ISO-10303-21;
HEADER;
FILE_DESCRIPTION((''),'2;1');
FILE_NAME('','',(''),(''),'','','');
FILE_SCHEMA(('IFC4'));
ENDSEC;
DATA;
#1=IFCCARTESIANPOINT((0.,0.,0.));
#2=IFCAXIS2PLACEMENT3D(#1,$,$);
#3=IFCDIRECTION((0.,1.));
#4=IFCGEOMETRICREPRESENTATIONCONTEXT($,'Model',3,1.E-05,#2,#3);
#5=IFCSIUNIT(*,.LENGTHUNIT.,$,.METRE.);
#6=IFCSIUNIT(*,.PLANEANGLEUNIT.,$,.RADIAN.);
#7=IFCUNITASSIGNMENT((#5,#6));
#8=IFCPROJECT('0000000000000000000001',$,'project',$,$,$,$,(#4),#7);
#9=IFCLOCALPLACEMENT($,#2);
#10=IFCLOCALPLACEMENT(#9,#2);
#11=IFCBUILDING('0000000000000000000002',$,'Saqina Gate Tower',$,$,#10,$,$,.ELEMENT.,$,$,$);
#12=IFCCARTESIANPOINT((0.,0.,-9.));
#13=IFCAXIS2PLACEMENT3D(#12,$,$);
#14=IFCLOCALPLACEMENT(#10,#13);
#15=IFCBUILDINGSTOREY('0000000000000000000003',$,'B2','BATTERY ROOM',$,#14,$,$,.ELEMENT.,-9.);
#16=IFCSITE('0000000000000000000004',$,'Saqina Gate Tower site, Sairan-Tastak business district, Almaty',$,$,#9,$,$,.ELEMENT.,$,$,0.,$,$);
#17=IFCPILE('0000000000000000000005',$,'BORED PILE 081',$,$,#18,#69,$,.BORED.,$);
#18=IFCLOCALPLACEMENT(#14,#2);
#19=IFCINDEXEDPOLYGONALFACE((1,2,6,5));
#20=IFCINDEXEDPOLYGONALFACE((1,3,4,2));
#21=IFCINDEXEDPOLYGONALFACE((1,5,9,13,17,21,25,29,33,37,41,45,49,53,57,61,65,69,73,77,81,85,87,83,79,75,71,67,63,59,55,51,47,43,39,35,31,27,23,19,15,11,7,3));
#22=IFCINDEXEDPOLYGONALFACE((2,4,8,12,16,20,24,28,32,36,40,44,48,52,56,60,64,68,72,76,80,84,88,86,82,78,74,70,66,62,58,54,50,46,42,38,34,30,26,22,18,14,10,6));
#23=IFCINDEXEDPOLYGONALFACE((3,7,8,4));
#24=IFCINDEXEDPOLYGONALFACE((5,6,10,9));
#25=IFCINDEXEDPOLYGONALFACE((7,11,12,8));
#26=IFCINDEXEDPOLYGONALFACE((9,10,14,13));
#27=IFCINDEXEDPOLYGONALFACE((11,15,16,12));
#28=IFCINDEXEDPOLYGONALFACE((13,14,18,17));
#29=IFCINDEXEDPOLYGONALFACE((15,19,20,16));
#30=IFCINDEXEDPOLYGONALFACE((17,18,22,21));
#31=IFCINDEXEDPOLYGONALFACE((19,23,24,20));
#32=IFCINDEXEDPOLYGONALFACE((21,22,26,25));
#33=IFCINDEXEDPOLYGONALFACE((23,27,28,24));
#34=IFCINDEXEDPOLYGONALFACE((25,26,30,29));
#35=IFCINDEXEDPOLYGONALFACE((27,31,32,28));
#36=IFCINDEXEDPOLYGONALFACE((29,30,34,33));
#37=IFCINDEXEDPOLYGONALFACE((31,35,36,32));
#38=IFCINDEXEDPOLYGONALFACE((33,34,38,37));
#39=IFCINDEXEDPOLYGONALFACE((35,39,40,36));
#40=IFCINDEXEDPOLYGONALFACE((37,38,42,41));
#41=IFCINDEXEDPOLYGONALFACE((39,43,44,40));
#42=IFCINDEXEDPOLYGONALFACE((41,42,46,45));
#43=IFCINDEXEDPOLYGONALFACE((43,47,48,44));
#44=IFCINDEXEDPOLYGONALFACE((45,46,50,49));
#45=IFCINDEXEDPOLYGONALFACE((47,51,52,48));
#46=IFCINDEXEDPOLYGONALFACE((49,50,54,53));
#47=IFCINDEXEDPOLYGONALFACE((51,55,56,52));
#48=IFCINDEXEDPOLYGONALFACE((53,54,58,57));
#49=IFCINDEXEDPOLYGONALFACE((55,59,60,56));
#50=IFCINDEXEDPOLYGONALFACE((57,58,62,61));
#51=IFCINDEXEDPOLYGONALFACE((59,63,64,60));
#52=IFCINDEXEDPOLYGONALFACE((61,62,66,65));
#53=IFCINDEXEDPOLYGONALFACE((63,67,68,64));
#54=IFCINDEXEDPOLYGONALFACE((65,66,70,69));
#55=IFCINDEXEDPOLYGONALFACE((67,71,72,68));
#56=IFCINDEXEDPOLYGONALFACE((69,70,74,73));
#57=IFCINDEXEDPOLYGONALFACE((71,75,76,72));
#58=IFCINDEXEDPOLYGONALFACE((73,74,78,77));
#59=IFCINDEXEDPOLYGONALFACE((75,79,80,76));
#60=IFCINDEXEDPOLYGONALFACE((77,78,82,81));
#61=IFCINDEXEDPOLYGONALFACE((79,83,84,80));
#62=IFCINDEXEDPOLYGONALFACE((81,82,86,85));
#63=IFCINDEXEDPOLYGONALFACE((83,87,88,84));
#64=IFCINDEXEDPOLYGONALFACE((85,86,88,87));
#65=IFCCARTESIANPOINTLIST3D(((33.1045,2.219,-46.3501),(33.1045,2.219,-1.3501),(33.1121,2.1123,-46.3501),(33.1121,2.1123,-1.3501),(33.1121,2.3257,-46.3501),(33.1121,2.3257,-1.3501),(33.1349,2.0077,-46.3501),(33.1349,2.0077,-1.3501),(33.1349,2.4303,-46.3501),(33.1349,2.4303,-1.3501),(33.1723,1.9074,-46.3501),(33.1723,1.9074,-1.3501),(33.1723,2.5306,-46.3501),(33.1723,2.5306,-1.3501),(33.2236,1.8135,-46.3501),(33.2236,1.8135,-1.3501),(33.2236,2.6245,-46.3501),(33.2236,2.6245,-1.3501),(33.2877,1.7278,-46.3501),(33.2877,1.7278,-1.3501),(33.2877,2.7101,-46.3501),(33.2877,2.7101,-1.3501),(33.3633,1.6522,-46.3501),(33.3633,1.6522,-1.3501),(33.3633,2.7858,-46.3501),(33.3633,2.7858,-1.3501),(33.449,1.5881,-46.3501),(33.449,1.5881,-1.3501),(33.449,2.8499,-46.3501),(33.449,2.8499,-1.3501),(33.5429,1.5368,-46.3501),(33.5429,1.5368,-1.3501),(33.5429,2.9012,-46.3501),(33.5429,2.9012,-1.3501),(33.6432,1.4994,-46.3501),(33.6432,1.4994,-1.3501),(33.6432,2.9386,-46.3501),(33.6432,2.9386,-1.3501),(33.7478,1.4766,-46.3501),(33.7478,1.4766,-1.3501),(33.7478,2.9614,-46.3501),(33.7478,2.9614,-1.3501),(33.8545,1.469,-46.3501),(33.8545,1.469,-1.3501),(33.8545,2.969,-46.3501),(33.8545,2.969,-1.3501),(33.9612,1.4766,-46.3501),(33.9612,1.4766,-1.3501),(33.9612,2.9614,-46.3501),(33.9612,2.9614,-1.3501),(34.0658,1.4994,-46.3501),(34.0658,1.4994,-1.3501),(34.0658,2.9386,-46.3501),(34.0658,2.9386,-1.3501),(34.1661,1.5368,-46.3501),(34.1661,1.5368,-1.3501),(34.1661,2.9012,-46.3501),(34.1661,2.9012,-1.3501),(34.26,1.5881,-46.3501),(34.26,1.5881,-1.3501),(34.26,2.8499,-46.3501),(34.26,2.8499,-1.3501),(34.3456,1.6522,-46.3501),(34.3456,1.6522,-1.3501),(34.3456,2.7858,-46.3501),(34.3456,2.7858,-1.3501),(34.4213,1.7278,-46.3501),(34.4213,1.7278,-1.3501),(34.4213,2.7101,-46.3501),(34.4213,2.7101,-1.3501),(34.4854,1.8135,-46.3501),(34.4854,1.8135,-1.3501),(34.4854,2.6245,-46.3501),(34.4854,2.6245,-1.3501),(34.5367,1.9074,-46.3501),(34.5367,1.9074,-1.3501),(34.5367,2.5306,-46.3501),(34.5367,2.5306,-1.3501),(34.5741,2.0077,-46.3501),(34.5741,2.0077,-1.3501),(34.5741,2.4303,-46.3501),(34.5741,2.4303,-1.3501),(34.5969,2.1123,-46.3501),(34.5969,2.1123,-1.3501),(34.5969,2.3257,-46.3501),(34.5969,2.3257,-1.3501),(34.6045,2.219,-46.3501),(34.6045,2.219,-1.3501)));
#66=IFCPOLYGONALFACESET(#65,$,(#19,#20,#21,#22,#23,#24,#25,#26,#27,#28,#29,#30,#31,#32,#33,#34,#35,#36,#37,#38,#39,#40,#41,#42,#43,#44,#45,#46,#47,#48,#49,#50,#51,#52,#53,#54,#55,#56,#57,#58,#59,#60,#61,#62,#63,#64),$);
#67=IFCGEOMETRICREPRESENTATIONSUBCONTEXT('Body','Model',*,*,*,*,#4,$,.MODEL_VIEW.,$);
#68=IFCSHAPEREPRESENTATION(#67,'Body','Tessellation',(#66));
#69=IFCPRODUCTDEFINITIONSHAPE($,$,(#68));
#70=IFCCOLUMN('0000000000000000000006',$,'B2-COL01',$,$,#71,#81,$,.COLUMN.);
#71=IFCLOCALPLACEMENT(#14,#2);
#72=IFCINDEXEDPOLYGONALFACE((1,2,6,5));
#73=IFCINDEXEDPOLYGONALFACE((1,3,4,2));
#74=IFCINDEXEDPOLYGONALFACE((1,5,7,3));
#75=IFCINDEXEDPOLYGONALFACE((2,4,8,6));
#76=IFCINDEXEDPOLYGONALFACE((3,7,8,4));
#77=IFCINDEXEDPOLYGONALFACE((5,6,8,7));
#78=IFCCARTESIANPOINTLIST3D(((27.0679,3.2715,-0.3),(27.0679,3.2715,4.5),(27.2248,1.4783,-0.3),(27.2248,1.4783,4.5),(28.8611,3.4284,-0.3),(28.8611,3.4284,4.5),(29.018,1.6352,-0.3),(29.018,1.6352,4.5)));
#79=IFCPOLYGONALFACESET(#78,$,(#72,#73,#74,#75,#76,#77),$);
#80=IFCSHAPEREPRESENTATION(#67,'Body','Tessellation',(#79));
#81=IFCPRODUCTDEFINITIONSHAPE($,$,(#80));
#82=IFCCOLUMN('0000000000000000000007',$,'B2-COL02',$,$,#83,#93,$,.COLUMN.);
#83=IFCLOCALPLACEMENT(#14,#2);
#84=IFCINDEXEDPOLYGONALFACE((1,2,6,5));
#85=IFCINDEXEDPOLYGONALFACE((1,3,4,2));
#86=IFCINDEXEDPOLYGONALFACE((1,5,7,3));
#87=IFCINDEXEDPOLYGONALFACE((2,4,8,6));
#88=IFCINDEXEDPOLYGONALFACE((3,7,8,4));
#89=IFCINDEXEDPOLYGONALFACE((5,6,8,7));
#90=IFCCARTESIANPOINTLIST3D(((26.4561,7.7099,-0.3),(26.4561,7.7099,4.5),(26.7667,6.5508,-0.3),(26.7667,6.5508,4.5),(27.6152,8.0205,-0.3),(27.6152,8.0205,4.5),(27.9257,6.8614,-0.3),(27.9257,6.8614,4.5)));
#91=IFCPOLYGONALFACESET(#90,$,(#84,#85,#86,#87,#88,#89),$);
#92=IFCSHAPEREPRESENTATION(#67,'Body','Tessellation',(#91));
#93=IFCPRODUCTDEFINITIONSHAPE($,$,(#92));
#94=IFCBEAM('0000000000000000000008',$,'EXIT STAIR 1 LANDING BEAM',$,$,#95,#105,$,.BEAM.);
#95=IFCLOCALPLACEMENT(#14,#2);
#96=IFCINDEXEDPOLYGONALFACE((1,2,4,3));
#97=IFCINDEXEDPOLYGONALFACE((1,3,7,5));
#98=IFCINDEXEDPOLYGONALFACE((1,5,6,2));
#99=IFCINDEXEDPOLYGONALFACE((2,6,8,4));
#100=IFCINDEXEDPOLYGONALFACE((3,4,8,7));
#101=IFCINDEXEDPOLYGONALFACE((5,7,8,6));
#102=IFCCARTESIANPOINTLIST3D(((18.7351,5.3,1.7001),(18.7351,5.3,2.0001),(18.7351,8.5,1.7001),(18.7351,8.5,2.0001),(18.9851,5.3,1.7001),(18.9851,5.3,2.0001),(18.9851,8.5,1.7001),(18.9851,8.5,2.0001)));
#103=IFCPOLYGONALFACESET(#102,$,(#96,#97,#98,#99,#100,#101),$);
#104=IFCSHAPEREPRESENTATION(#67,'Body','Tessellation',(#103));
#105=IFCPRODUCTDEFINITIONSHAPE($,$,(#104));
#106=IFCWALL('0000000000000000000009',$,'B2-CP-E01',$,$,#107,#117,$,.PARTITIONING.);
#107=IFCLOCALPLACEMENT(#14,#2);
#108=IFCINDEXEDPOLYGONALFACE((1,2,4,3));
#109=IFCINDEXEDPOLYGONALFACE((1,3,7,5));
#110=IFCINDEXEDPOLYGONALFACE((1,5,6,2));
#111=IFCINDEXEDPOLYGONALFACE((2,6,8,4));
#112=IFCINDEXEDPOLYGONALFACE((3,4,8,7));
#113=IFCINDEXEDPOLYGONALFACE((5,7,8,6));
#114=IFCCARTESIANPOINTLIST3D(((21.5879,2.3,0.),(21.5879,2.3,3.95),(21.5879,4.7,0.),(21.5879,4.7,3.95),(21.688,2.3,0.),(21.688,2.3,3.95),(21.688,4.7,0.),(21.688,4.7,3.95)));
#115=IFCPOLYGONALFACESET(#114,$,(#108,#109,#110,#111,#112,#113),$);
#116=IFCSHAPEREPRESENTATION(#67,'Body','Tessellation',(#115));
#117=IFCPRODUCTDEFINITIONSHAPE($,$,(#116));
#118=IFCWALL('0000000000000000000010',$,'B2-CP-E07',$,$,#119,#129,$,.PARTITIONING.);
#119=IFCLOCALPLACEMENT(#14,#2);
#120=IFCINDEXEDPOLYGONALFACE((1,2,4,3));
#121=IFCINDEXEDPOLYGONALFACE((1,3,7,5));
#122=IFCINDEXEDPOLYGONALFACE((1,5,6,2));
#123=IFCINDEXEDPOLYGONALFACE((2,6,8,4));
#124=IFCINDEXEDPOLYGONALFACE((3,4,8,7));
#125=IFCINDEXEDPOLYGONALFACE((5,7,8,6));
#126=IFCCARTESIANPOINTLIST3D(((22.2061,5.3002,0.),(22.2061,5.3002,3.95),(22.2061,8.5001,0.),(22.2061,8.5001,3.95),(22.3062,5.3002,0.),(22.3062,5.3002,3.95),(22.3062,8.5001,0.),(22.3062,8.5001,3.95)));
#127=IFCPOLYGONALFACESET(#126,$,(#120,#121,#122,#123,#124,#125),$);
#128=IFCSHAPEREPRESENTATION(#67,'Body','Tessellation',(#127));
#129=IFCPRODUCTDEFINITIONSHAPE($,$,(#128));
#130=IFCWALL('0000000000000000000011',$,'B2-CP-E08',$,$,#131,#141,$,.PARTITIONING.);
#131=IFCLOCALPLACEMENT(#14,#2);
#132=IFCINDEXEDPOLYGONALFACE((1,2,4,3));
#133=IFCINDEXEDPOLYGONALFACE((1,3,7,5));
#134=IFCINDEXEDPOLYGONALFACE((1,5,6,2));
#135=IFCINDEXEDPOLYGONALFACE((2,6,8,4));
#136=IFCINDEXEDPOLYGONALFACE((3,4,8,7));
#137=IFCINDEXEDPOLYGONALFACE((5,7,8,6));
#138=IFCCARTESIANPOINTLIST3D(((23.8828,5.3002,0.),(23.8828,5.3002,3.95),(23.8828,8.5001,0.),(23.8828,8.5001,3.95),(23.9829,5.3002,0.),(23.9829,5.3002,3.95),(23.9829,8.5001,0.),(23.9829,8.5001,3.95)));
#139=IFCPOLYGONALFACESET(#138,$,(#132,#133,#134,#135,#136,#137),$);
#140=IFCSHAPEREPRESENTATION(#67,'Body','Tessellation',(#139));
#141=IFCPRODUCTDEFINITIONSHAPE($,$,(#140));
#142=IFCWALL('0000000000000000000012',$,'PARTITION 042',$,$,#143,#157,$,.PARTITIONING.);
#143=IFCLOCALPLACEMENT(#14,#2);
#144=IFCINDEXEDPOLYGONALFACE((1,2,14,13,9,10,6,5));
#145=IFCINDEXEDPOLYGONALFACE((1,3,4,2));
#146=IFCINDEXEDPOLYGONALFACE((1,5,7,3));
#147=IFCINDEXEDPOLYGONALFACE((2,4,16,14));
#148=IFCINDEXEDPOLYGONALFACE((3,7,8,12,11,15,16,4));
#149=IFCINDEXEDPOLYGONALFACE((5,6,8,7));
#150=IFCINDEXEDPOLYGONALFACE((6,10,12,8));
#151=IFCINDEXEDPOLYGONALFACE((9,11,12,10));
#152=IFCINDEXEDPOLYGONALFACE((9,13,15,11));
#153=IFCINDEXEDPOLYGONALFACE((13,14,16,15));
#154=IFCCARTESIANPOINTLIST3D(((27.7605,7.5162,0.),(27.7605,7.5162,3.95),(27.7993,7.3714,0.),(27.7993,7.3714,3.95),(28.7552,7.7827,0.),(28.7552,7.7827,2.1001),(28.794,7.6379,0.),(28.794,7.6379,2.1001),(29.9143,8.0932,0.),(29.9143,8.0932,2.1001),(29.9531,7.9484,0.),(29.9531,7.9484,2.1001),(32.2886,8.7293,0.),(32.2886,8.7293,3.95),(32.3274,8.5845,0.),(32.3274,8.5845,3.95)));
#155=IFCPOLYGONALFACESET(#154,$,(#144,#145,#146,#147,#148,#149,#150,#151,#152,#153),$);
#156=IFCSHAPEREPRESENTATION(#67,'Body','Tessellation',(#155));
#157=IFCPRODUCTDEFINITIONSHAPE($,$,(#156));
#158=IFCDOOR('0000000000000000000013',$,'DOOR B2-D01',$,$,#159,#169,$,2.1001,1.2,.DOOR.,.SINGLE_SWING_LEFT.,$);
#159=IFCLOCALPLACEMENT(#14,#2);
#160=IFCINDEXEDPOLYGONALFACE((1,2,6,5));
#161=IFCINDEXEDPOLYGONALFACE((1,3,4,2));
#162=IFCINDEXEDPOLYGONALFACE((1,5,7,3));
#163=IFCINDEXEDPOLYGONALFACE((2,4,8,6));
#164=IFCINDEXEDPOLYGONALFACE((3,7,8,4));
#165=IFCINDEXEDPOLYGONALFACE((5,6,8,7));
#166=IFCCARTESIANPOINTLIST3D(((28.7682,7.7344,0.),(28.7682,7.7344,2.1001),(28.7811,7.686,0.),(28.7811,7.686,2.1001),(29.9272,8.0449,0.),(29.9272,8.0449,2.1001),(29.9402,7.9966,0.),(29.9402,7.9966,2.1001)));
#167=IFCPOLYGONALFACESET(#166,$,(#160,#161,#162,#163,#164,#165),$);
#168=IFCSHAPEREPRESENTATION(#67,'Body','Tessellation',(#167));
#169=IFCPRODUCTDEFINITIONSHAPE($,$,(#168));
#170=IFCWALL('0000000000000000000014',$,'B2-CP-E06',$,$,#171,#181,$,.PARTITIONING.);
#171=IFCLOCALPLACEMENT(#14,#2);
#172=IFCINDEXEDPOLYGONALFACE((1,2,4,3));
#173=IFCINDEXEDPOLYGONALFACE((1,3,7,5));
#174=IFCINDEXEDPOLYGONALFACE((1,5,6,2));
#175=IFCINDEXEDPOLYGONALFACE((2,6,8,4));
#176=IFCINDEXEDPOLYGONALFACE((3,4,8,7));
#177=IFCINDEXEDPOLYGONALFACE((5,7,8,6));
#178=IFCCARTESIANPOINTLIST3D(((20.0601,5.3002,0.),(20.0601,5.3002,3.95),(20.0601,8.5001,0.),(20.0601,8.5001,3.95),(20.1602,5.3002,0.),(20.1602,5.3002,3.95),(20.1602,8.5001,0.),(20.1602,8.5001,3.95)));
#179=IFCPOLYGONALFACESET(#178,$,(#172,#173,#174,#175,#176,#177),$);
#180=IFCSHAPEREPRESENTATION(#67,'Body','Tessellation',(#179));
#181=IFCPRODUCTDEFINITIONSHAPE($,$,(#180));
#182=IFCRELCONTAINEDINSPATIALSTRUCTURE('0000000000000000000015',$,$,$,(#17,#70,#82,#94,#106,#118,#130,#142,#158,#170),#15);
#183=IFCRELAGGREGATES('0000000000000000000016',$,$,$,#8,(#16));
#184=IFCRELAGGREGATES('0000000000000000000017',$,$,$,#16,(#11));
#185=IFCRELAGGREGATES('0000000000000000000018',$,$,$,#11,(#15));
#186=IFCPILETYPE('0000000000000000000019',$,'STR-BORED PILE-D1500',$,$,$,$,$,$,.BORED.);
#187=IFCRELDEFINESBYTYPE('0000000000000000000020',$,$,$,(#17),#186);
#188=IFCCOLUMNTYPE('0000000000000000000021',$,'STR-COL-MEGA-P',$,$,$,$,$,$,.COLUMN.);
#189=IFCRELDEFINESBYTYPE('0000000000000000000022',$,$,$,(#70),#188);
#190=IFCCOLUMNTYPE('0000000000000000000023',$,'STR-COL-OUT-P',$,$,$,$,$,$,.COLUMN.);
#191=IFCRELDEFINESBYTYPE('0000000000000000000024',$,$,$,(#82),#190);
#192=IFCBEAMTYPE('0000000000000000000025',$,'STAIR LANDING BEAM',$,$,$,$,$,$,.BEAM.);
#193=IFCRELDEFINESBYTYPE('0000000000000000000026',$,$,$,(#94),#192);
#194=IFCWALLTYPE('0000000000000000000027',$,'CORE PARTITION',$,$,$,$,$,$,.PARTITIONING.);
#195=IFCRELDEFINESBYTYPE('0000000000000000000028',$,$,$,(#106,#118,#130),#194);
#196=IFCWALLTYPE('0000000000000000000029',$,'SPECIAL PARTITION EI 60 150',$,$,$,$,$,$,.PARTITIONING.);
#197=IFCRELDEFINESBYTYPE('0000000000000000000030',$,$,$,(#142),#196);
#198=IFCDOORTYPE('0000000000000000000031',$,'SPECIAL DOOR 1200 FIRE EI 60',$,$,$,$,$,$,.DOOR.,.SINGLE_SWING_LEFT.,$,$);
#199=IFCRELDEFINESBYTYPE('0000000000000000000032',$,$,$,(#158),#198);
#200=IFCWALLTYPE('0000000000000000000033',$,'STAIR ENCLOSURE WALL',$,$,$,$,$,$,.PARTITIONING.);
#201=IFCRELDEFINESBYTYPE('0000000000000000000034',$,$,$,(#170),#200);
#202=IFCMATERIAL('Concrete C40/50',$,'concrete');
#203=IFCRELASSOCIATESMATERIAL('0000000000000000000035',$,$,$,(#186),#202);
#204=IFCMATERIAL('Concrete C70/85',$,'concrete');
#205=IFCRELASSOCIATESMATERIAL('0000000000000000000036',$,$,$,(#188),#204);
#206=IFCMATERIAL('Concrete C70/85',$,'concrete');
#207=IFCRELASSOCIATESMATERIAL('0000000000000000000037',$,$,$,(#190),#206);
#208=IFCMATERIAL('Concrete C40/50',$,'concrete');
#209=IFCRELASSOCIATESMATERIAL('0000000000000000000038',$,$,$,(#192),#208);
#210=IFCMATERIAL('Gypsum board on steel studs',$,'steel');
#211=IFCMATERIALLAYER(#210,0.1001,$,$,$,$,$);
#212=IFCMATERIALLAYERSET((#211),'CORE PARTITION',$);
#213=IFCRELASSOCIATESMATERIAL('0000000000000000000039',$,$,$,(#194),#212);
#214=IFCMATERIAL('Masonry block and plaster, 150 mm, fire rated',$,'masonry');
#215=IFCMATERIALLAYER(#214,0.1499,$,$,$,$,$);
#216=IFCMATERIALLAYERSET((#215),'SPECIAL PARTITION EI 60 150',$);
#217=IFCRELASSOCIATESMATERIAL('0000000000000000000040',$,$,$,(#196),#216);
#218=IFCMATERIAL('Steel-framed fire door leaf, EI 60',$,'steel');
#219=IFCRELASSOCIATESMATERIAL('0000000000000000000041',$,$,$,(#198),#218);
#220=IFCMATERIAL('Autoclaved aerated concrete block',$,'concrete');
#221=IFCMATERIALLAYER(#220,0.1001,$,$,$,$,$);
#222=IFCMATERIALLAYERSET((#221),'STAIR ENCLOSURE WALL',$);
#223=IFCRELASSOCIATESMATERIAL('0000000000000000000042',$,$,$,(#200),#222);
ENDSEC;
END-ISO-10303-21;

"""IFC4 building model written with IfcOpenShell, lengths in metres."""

from ifc_helpers import new_model, si_unit, direction, frame, frame_2d, origin, origin_2d, place, context, subcontext, project, spatial, rectangle, circle, extrude, material, layer, layer_set, material_profile, profile_set, type_object, element, fill, save


model = new_model("IFC4")

# Units and contexts
model_context = context("Model", 3, precision=1e-05, world=origin(), true_north=direction((0.0, 1.0)))
body_context = subcontext(model_context, "Body", "Model", "MODEL_VIEW")
ifc_project = project(units=[si_unit("LENGTHUNIT", "METRE"), si_unit("PLANEANGLEUNIT", "RADIAN")], contexts=[model_context])

# Site, building, storey
site_placement = place(None, origin())
site = spatial("IfcSite", under=ifc_project, at=site_placement, Name="Saqina Gate Tower site, Sairan-Tastak business district, Almaty", CompositionType="ELEMENT", RefElevation=0.0)
building_placement = place(site_placement, origin())
building = spatial("IfcBuilding", under=site, at=building_placement, Name="Saqina Gate Tower", CompositionType="ELEMENT")
storey_placement = place(building_placement, frame((0.0, 0.0, -9.0)))
storey = spatial("IfcBuildingStorey", under=building, at=storey_placement, Name="B2", Description="BATTERY ROOM", CompositionType="ELEMENT", Elevation=-9.0)

# Pile
ifc_material_1 = material(Name="Concrete C40/50", Category="concrete")
ifc_material_profile_1 = material_profile(ifc_material_1, circle(Radius=0.75, at=origin_2d()), Name="RC D1500")
ifc_profile_set_1 = profile_set([ifc_material_profile_1], Name="Concrete C40/50")
pile_type = type_object("IfcPileType", Name="STR-BORED PILE-D1500", PredefinedType="BORED", material=ifc_profile_set_1)
for number, where, z_axis, x_axis, name in (
    (1, (33.8545, 2.219, -1.3501), (0.0, 0.0, -1.0), (1.0, 0.0, 0.0), "BORED PILE 081"),
):
    element("IfcPile", number, at=place(storey_placement, frame(where, z_axis=z_axis, x_axis=x_axis)), inside=storey, type_object=pile_type, Name=name, PredefinedType="BORED", context=body_context, shape_type="SweptSolid", body=[
        extrude(circle(Radius=0.75, at=origin_2d()), origin(), (0.0, 0.0, 1.0), 45.0),
    ])

# Columns
ifc_material_2 = material(Name="Concrete C70/85", Category="concrete")
ifc_material_profile_2 = material_profile(ifc_material_2, rectangle(XDim=1.8, YDim=1.8, at=origin_2d()), Name="RC 1800x1800")
ifc_profile_set_2 = profile_set([ifc_material_profile_2], Name="Concrete C70/85")
column_type_1 = type_object("IfcColumnType", Name="STR-COL-MEGA-P", PredefinedType="COLUMN", material=ifc_profile_set_2)
column_1_placement = place(storey_placement, frame((28.043, 2.4534, -0.3), z_axis=(0.0, 0.0, 1.0), x_axis=(0.996195, 0.087156, 0.0)))
element("IfcColumn", 2, at=column_1_placement, inside=storey, type_object=column_type_1, Name="B2-COL01", PredefinedType="COLUMN", context=body_context, shape_type="SweptSolid", body=[
    extrude(rectangle(XDim=1.8, YDim=1.8, at=origin_2d()), origin(), (0.0, 0.0, 1.0), 4.8),
])
ifc_material_3 = material(Name="Concrete C70/85", Category="concrete")
ifc_material_profile_3 = material_profile(ifc_material_3, rectangle(XDim=1.2, YDim=1.2, at=origin_2d()), Name="RC 1200x1200")
ifc_profile_set_3 = profile_set([ifc_material_profile_3], Name="Concrete C70/85")
column_type_2 = type_object("IfcColumnType", Name="STR-COL-OUT-P", PredefinedType="COLUMN", material=ifc_profile_set_3)
column_2_placement = place(storey_placement, frame((27.1909, 7.2856, -0.3), z_axis=(0.0, 0.0, 1.0), x_axis=(0.965926, 0.258819, 0.0)))
element("IfcColumn", 3, at=column_2_placement, inside=storey, type_object=column_type_2, Name="B2-COL02", PredefinedType="COLUMN", context=body_context, shape_type="SweptSolid", body=[
    extrude(rectangle(XDim=1.2, YDim=1.2, at=origin_2d()), origin(), (0.0, 0.0, 1.0), 4.8),
])

# Beam
ifc_material_4 = material(Name="Concrete C40/50", Category="concrete")
ifc_material_profile_4 = material_profile(ifc_material_4, rectangle(XDim=0.25, YDim=0.3, at=origin_2d()), Name="STAIR LANDING BEAM")
ifc_profile_set_4 = profile_set([ifc_material_profile_4], Name="Concrete C40/50")
beam_type = type_object("IfcBeamType", Name="STAIR LANDING BEAM", PredefinedType="BEAM", material=ifc_profile_set_4)
beam_placement = place(storey_placement, frame((18.8601, 5.3, 1.8501), z_axis=(0.0, 1.0, 0.0), x_axis=(-1.0, 0.0, 0.0)))
element("IfcBeam", 4, at=beam_placement, inside=storey, type_object=beam_type, Name="EXIT STAIR 1 LANDING BEAM", PredefinedType="BEAM", context=body_context, shape_type="SweptSolid", body=[
    extrude(rectangle(XDim=0.25, YDim=0.3, at=origin_2d()), origin(), (0.0, 0.0, 1.0), 3.2),
])

# Walls
ifc_material_5 = material(Name="Gypsum board on steel studs", Category="steel")
ifc_layer_1 = layer(ifc_material_5, 0.1001)
ifc_layer_set_1 = layer_set([ifc_layer_1], Name="CORE PARTITION")
wall_type_1 = type_object("IfcWallType", Name="CORE PARTITION", PredefinedType="PARTITIONING", material=ifc_layer_set_1)
wall_1_placement = place(storey_placement, frame((21.6379, 2.3, 0.0), z_axis=(0.0, 0.0, 1.0), x_axis=(0.0, 1.0, 0.0)))
element("IfcWall", 5, at=wall_1_placement, inside=storey, type_object=wall_type_1, Name="B2-CP-E01", PredefinedType="PARTITIONING", context=body_context, shape_type="SweptSolid", body=[
    extrude(rectangle(XDim=2.3999, YDim=0.1001, at=frame_2d((1.2, 0.0))), origin(), (0.0, 0.0, 1.0), 3.95),
])
for number, where, z_axis, x_axis, name in (
    (6, (22.2561, 5.3, 0.0), (0.0, 0.0, 1.0), (0.0, 1.0, 0.0), "B2-CP-E07"),
    (7, (23.9329, 5.3, 0.0), (0.0, 0.0, 1.0), (0.0, 1.0, 0.0), "B2-CP-E08"),
):
    element("IfcWall", number, at=place(storey_placement, frame(where, z_axis=z_axis, x_axis=x_axis)), inside=storey, type_object=wall_type_1, Name=name, PredefinedType="PARTITIONING", context=body_context, shape_type="SweptSolid", body=[
        extrude(rectangle(XDim=3.2, YDim=0.1001, at=frame_2d((1.6001, 0.0))), origin(), (0.0, 0.0, 1.0), 3.95),
    ])

# Wall, opening, door
ifc_material_6 = material(Name="Masonry block and plaster, 150 mm, fire rated", Category="masonry")
ifc_layer_2 = layer(ifc_material_6, 0.1499)
ifc_layer_set_2 = layer_set([ifc_layer_2], Name="SPECIAL PARTITION EI 60 150")
wall_type_2 = type_object("IfcWallType", Name="SPECIAL PARTITION EI 60 150", PredefinedType="PARTITIONING", material=ifc_layer_set_2)
wall_2_placement = place(storey_placement, frame((27.78, 7.4438, 0.0), z_axis=(0.0, 0.0, 1.0), x_axis=(0.965934, 0.258787, 0.0)))
wall_2 = element("IfcWall", 8, at=wall_2_placement, inside=storey, type_object=wall_type_2, Name="PARTITION 042", PredefinedType="PARTITIONING", context=body_context, shape_type="SweptSolid", body=[
    extrude(rectangle(XDim=4.6877, YDim=0.1499, at=frame_2d((2.3438, 0.0))), origin(), (0.0, 0.0, 1.0), 3.95),
])
opening_1_placement = place(wall_2_placement, frame((1.0295, 0.0, 0.0)))
opening_1 = element("IfcOpeningElement", 9, at=opening_1_placement, cuts=wall_2, PredefinedType="OPENING", context=body_context, shape_type="SweptSolid", body=[
    extrude(rectangle(XDim=1.2, YDim=2.1001, at=frame_2d((0.6001, 1.05))), frame((0.0, 0.0869, 0.0), z_axis=(0.0, -1.0, 0.0), x_axis=(1.0, 0.0, 0.0)), (0.0, 0.0, 1.0), 0.1738),
])
ifc_material_7 = material(Name="Steel-framed fire door leaf, EI 60", Category="steel")
door_type_1 = type_object("IfcDoorType", Name="SPECIAL DOOR 1200 FIRE EI 60", OperationType="SINGLE_SWING_LEFT", PredefinedType="DOOR", material=ifc_material_7)
door_1_placement = place(opening_1_placement, origin())
door_1 = element("IfcDoor", 10, at=door_1_placement, inside=storey, type_object=door_type_1, Name="DOOR B2-D01", OperationType="SINGLE_SWING_LEFT", OverallHeight=2.1001, OverallWidth=1.2, PredefinedType="DOOR", context=body_context, shape_type="SweptSolid", body=[
    extrude(rectangle(XDim=1.2, YDim=2.1001, at=frame_2d((0.6001, 1.05))), frame((0.0, 0.0249, 0.0), z_axis=(0.0, -1.0, 0.0), x_axis=(1.0, 0.0, 0.0)), (0.0, 0.0, 1.0), 0.05),
])
fill(opening_1, door_1)

# Wall
ifc_material_8 = material(Name="Autoclaved aerated concrete block", Category="concrete")
ifc_layer_3 = layer(ifc_material_8, 0.1001)
ifc_layer_set_3 = layer_set([ifc_layer_3], Name="STAIR ENCLOSURE WALL")
wall_type_3 = type_object("IfcWallType", Name="STAIR ENCLOSURE WALL", PredefinedType="PARTITIONING", material=ifc_layer_set_3)
wall_3_placement = place(storey_placement, frame((20.1101, 5.3, 0.0), z_axis=(0.0, 0.0, 1.0), x_axis=(0.0, 1.0, 0.0)))
element("IfcWall", 11, at=wall_3_placement, inside=storey, type_object=wall_type_3, Name="B2-CP-E06", PredefinedType="PARTITIONING", context=body_context, shape_type="SweptSolid", body=[
    extrude(rectangle(XDim=3.2, YDim=0.1001, at=frame_2d((1.6001, 0.0))), origin(), (0.0, 0.0, 1.0), 3.95),
])

save(model, "model.ifc")
